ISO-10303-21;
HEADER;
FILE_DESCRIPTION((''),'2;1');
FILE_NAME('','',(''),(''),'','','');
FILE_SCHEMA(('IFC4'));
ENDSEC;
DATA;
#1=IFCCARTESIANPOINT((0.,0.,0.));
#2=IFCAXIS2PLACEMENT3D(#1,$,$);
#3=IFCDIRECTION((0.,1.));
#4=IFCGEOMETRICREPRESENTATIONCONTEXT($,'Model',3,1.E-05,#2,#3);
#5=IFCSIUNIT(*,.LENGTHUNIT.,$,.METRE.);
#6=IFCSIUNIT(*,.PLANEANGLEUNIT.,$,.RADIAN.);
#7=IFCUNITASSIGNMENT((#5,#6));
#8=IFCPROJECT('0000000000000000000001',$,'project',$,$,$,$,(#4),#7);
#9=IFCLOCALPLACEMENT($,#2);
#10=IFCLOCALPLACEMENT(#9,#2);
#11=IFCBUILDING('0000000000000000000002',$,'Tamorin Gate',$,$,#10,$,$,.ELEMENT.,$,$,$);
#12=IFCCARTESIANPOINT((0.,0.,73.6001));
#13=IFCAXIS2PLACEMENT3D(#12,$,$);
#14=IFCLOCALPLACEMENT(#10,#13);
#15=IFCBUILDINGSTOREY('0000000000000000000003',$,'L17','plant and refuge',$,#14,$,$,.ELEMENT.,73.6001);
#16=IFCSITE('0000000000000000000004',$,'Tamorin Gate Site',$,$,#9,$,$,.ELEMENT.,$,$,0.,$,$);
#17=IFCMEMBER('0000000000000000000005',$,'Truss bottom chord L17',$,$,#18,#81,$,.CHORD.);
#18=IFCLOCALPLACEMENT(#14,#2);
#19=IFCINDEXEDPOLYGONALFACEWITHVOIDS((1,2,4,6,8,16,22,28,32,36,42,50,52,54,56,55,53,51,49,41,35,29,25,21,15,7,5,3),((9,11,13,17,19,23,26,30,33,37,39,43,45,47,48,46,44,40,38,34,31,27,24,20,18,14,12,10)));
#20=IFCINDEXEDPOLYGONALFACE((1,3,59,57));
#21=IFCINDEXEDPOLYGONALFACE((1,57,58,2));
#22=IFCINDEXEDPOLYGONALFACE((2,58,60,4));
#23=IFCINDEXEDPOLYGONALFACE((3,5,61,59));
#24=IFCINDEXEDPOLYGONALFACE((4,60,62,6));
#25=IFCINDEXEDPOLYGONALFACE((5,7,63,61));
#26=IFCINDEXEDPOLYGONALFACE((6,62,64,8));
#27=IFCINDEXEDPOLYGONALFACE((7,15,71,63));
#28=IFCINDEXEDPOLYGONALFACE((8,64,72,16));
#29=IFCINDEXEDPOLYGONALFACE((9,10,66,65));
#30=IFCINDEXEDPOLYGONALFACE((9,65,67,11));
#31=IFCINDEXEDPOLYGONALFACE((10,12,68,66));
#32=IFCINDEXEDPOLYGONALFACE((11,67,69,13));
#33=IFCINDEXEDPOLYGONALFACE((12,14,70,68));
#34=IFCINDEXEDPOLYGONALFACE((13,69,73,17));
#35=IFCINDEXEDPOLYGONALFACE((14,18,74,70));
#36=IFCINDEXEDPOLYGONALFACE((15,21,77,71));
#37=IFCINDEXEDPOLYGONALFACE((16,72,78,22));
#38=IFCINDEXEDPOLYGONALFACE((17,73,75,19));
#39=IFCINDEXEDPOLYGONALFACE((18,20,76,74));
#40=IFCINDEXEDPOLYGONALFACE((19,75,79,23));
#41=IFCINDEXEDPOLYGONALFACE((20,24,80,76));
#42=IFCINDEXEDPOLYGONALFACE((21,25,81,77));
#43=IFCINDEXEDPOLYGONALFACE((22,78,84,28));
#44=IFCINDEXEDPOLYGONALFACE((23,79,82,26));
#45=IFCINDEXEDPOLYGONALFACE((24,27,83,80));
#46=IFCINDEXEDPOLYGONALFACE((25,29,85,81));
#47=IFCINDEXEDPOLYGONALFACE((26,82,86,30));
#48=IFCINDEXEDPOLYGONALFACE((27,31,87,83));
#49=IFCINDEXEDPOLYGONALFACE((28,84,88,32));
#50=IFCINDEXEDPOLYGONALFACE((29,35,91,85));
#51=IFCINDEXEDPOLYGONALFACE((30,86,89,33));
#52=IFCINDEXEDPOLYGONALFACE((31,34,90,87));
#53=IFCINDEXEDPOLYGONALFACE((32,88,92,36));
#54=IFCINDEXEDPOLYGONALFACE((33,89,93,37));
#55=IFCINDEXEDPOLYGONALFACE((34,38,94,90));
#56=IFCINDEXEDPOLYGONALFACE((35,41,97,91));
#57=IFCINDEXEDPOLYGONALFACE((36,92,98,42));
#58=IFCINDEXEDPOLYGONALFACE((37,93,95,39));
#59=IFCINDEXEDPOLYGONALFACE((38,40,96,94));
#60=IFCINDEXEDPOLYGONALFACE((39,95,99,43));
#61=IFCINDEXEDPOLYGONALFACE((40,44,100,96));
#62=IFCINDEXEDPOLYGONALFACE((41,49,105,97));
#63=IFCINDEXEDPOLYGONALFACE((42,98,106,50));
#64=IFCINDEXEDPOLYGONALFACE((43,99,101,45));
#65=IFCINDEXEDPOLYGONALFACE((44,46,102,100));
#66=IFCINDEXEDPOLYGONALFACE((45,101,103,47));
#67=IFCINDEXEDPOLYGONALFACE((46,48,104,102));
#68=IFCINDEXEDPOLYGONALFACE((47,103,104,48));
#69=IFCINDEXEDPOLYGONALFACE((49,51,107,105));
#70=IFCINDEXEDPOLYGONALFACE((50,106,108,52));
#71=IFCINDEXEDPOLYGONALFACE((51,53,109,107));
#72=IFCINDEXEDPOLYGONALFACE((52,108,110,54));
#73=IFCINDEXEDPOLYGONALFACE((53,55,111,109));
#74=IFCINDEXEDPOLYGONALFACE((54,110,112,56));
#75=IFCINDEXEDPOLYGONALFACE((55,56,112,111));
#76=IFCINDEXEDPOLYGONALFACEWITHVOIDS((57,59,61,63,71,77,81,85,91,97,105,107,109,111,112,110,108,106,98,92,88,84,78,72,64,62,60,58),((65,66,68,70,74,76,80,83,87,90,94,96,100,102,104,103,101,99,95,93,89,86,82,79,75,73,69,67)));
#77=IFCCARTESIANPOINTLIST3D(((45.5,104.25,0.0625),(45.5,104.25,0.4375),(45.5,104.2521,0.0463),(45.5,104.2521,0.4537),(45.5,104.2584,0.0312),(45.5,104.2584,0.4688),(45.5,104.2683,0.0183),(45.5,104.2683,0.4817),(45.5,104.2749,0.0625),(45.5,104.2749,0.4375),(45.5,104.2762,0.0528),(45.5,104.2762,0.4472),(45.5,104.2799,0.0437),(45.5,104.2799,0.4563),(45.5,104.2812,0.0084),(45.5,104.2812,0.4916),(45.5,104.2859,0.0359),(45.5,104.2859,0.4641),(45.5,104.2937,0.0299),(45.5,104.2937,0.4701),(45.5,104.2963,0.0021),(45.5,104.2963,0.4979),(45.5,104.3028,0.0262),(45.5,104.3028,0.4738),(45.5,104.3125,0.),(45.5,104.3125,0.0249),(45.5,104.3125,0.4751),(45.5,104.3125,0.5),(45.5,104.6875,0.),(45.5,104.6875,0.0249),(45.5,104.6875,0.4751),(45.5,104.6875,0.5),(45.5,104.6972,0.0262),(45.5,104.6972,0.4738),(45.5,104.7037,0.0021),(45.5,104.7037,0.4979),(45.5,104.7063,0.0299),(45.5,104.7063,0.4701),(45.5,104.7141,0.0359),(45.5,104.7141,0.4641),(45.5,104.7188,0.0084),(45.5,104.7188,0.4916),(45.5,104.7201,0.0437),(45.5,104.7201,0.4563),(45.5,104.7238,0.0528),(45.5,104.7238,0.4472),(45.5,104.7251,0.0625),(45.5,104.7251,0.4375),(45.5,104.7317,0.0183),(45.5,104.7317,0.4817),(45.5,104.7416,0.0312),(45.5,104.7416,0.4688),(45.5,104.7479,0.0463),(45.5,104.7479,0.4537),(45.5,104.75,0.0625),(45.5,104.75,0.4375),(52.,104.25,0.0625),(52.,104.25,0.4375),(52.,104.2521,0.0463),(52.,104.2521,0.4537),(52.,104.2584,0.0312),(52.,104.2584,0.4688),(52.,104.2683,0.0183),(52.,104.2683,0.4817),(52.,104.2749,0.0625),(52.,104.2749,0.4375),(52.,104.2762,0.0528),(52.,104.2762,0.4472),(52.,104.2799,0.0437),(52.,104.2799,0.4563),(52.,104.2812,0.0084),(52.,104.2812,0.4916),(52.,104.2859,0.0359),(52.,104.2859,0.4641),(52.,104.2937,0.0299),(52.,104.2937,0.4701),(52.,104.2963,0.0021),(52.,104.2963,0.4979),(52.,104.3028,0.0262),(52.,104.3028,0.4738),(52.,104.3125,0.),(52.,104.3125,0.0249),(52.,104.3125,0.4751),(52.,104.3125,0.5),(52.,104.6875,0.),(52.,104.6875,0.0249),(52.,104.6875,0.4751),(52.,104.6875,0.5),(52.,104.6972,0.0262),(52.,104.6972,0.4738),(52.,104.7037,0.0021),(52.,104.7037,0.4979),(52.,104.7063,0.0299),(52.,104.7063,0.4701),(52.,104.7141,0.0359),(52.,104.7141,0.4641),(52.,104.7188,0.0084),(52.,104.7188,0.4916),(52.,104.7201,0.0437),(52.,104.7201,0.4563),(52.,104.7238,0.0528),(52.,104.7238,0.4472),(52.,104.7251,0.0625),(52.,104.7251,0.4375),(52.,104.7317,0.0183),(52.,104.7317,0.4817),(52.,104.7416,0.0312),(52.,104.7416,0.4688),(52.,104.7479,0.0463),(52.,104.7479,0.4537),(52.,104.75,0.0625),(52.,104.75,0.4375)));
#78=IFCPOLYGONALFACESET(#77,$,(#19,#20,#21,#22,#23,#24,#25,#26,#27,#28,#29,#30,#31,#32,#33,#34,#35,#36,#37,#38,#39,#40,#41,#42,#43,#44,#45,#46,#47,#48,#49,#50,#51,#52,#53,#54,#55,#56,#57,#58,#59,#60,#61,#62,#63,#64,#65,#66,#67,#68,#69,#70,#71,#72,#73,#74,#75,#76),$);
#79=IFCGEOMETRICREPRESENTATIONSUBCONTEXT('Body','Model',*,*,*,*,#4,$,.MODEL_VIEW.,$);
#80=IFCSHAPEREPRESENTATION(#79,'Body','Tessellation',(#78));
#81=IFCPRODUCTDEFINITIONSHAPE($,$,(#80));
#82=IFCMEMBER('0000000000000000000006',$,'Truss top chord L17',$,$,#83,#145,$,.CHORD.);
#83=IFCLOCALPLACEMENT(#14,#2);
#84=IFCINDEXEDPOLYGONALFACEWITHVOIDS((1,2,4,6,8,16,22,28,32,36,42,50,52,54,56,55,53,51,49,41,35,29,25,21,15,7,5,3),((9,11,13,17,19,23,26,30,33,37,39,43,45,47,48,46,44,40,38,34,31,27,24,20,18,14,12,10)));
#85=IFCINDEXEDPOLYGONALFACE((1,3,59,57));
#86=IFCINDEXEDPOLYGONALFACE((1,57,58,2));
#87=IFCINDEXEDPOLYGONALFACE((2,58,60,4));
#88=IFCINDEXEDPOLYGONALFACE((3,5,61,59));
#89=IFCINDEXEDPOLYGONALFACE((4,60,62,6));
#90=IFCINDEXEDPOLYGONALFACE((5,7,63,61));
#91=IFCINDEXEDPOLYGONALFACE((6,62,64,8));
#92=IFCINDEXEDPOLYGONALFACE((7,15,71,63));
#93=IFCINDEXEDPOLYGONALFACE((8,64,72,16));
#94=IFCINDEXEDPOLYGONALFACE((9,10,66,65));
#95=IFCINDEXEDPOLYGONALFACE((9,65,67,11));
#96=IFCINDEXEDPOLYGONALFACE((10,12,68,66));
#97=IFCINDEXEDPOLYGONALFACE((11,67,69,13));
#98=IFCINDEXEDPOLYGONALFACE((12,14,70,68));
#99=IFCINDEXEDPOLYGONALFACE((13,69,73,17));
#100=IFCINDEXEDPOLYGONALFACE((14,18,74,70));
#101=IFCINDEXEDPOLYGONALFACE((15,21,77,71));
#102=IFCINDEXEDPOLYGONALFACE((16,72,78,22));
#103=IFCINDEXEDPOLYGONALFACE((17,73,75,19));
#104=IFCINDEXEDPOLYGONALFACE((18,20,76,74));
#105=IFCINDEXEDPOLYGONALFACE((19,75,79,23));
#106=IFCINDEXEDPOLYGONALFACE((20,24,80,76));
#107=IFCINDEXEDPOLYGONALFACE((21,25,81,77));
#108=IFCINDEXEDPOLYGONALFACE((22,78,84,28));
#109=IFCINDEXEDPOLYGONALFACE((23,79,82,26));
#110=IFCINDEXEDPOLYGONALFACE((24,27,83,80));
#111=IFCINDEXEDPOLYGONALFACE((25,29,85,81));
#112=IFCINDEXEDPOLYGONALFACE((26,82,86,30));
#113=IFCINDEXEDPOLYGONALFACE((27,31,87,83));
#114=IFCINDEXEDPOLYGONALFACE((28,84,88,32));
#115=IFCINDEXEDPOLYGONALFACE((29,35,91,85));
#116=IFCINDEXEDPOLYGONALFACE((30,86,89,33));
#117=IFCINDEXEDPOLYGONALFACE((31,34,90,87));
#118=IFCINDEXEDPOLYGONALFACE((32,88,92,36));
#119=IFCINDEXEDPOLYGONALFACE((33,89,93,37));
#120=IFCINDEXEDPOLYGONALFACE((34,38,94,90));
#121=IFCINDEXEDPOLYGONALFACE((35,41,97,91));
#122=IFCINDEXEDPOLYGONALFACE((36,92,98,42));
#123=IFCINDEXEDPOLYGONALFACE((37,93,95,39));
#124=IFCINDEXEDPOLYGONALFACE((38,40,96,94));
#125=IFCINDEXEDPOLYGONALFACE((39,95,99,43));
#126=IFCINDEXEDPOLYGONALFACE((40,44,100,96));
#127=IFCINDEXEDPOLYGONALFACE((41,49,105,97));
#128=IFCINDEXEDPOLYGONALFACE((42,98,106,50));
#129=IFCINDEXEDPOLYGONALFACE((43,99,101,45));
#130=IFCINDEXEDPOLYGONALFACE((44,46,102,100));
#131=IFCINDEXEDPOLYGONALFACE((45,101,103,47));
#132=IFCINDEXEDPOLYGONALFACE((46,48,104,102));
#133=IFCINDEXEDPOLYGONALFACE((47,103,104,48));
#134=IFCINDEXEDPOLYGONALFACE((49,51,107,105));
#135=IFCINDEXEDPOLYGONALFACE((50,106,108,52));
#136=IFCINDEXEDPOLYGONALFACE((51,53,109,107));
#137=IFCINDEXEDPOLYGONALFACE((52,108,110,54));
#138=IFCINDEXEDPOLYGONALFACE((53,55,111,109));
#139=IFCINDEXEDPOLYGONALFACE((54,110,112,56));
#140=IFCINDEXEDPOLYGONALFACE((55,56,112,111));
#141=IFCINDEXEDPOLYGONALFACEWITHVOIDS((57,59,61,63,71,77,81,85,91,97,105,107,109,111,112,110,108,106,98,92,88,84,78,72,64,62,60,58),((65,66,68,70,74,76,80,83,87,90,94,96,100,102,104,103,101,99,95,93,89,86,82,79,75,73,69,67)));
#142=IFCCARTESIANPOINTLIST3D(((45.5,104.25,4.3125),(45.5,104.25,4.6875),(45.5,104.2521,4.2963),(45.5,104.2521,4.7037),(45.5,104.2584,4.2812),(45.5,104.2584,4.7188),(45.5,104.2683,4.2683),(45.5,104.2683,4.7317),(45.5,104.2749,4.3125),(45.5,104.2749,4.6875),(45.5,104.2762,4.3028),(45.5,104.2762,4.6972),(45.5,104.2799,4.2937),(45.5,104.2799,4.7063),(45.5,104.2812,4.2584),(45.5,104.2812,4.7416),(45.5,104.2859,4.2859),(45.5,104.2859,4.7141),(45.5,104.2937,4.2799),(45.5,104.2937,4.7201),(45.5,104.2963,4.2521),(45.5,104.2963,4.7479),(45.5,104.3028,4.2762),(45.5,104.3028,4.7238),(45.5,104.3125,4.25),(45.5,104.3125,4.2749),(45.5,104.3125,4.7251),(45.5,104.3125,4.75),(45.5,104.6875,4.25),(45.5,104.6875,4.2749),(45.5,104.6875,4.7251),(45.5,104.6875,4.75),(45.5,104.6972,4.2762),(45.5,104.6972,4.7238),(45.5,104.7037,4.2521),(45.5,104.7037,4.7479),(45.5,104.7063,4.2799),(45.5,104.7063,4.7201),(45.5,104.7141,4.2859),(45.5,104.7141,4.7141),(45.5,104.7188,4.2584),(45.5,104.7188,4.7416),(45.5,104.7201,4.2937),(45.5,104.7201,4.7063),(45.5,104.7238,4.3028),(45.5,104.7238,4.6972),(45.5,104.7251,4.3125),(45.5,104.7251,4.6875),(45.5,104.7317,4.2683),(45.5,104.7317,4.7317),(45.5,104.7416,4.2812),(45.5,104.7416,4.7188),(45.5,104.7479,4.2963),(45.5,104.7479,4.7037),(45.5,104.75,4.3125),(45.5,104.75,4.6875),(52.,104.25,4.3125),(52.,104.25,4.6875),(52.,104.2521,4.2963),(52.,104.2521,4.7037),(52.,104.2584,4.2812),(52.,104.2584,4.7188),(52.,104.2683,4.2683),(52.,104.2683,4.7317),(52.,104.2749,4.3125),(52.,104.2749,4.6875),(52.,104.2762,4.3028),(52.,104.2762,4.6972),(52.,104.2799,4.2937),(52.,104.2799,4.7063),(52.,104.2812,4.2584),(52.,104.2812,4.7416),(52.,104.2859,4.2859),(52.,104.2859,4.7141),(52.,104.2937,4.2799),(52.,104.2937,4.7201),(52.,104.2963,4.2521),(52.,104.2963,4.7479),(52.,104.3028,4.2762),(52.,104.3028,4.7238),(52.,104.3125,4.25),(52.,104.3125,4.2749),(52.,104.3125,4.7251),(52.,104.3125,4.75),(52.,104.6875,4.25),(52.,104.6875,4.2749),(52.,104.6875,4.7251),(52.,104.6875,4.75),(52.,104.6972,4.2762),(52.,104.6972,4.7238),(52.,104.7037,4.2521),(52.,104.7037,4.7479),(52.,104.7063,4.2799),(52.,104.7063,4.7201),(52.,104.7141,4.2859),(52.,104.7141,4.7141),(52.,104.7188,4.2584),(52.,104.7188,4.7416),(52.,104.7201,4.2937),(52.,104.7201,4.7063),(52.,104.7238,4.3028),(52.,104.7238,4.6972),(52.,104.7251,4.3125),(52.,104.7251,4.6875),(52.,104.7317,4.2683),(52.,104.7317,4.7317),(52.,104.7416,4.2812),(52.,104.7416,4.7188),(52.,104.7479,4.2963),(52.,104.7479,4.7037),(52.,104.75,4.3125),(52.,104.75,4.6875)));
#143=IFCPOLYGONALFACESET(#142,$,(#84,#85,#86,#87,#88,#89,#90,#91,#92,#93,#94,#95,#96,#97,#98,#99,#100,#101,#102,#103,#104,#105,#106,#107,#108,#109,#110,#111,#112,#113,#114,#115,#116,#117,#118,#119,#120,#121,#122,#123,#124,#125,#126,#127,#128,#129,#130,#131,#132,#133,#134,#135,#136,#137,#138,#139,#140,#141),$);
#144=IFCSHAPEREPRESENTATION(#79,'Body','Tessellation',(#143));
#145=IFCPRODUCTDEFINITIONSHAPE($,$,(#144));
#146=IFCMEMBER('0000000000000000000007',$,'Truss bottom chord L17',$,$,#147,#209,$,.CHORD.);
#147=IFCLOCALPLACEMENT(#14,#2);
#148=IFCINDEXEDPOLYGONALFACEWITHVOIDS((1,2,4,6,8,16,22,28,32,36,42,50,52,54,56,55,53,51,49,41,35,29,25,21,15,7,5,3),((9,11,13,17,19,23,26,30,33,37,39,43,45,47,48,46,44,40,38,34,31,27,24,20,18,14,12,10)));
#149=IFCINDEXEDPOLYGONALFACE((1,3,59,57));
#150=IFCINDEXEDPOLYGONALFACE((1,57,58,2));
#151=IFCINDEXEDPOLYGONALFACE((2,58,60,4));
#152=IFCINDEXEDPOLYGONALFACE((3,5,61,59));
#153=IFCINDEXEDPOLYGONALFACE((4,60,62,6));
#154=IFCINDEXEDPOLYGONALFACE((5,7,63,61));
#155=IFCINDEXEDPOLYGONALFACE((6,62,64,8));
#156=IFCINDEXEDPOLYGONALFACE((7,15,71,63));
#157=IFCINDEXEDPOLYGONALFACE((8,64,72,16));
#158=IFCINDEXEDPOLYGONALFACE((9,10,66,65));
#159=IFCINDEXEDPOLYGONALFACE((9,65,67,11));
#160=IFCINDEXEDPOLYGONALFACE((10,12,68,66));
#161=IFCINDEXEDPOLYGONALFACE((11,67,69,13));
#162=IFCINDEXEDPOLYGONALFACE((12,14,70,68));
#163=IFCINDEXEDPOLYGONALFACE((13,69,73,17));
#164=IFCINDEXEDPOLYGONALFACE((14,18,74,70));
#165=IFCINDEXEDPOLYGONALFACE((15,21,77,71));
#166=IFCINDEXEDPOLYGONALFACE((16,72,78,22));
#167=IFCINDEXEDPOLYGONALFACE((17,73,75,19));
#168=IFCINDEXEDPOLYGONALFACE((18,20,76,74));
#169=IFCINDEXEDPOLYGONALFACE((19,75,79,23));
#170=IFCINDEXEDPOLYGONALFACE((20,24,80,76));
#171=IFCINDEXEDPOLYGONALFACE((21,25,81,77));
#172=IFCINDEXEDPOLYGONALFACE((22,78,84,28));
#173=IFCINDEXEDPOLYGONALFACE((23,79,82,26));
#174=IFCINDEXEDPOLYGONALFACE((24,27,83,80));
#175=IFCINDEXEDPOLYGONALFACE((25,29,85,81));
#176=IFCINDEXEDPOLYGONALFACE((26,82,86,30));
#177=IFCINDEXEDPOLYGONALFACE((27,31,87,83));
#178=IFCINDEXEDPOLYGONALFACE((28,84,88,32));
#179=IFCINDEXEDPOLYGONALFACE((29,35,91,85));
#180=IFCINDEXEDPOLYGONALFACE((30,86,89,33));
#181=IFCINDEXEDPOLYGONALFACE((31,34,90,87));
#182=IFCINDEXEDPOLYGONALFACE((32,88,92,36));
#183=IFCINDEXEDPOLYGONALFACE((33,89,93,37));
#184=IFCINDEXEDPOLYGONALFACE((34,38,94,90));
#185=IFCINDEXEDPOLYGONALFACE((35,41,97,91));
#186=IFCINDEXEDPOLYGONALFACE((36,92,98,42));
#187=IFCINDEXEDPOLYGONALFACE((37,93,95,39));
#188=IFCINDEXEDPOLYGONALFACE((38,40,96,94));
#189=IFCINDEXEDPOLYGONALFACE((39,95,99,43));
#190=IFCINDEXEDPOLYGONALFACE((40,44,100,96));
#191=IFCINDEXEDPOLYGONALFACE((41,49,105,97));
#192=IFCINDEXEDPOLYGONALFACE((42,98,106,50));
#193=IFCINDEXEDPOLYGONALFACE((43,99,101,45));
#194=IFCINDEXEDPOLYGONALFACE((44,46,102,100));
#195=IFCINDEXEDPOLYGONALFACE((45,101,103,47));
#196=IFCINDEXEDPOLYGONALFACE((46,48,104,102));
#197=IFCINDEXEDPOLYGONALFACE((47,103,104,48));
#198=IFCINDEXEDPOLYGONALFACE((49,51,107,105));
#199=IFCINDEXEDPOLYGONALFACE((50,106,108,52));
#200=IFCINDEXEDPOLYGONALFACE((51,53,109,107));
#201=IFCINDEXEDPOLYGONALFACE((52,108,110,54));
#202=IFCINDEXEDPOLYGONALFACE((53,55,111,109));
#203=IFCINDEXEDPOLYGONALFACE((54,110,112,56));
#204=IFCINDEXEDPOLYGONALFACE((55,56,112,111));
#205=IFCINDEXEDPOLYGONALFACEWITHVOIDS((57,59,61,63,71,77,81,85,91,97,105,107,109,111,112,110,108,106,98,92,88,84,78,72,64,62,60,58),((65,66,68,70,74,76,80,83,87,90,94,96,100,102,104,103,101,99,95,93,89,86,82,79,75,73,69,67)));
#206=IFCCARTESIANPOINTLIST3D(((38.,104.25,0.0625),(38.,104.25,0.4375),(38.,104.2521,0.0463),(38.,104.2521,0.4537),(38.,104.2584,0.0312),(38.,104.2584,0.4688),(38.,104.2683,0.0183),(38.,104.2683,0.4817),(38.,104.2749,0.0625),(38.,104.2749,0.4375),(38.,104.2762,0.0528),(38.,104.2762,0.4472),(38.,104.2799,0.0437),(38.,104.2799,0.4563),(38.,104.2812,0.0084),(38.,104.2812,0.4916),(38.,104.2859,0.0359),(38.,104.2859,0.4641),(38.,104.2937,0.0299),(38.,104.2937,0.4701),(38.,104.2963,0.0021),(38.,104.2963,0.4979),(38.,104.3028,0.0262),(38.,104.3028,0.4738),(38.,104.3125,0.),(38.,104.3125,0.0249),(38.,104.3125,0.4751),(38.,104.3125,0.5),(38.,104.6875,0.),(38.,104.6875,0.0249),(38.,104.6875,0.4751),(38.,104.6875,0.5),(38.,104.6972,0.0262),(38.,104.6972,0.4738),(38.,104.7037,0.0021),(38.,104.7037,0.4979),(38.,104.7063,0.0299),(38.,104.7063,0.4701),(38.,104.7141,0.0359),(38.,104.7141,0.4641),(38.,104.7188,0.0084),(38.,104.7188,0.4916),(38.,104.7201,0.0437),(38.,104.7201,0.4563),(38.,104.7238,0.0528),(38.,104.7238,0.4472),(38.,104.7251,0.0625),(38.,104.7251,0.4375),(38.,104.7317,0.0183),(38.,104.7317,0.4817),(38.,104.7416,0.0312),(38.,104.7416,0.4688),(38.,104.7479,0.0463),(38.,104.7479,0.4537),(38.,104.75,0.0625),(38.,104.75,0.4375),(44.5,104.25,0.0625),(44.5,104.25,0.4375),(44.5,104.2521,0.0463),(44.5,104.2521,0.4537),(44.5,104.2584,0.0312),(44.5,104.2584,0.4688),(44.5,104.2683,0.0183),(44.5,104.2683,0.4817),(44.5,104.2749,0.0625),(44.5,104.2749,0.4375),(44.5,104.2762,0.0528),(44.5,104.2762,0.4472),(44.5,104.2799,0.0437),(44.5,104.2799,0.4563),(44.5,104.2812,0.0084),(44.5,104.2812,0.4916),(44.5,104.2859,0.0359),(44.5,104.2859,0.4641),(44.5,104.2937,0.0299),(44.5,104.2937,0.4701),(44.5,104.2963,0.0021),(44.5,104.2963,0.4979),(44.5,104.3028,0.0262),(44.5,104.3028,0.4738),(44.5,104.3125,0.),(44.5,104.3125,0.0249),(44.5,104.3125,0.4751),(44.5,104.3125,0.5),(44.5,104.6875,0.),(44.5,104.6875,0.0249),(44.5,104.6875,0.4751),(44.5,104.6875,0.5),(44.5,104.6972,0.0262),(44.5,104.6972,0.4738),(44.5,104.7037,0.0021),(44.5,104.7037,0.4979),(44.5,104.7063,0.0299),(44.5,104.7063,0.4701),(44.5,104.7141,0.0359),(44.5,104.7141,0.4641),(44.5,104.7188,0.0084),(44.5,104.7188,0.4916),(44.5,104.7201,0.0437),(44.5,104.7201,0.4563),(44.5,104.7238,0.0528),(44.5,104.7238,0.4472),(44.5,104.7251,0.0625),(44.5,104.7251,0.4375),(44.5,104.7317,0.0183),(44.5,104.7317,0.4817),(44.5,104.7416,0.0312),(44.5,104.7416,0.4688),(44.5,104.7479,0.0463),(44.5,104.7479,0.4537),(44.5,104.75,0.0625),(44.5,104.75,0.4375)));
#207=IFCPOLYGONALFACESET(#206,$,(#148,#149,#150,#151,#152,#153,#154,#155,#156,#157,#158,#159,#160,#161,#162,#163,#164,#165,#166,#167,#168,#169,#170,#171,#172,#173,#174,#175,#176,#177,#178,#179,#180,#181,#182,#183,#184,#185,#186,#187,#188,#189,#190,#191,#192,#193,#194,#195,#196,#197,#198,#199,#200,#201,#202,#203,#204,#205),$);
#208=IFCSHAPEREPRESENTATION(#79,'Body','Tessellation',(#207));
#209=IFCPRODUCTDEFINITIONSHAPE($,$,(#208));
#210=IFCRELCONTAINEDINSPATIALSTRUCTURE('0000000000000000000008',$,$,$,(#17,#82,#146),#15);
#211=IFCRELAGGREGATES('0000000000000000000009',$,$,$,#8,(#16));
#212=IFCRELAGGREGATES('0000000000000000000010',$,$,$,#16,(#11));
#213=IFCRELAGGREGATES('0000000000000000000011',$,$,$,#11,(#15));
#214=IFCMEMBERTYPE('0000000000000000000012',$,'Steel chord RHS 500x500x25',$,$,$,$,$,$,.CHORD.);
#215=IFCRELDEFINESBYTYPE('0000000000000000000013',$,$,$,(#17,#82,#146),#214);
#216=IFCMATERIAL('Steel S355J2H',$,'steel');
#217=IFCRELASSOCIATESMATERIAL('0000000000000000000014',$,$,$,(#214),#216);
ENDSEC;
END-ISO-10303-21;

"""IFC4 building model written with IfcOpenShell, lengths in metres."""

from ifc_helpers import new_model, si_unit, direction, frame, origin, origin_2d, place, context, subcontext, project, spatial, hollow_rectangle, extrude, material, material_profile, profile_set, type_object, element, save


model = new_model("IFC4")

# Units and contexts
model_context = context("Model", 3, precision=1e-05, world=origin(), true_north=direction((0.0, 1.0)))
body_context = subcontext(model_context, "Body", "Model", "MODEL_VIEW")
ifc_project = project(units=[si_unit("LENGTHUNIT", "METRE"), si_unit("PLANEANGLEUNIT", "RADIAN")], contexts=[model_context])

# Site, building, storey
site_placement = place(None, origin())
site = spatial("IfcSite", under=ifc_project, at=site_placement, Name="Tamorin Gate Site", CompositionType="ELEMENT", RefElevation=0.0)
building_placement = place(site_placement, origin())
building = spatial("IfcBuilding", under=site, at=building_placement, Name="Tamorin Gate", CompositionType="ELEMENT")
storey_placement = place(building_placement, frame((0.0, 0.0, 73.6001)))
storey = spatial("IfcBuildingStorey", under=building, at=storey_placement, Name="L17", Description="plant and refuge", CompositionType="ELEMENT", Elevation=73.6001)

# Members
ifc_material_1 = material(Name="Steel S355J2H", Category="steel")
ifc_material_profile_1 = material_profile(ifc_material_1, hollow_rectangle(XDim=0.5, YDim=0.5, WallThickness=0.0249, InnerFilletRadius=0.0376, OuterFilletRadius=0.0625, at=origin_2d()), Name="RHS 500x500x25")
ifc_profile_set_1 = profile_set([ifc_material_profile_1], Name="Steel S355J2H")
member_type_1 = type_object("IfcMemberType", Name="Steel chord RHS 500x500x25", PredefinedType="CHORD", material=ifc_profile_set_1)
for number, where, z_axis, x_axis, name in (
    (1, (52.0, 104.5, 0.25), (-1.0, 0.0, 0.0), (0.0, -1.0, 0.0), "Truss bottom chord L17"),
    (2, (52.0, 104.5, 4.5), (-1.0, 0.0, 0.0), (0.0, -1.0, 0.0), "Truss top chord L17"),
    (3, (44.5, 104.5, 0.25), (-1.0, 0.0, 0.0), (0.0, -1.0, 0.0), "Truss bottom chord L17"),
):
    element("IfcMember", number, at=place(storey_placement, frame(where, z_axis=z_axis, x_axis=x_axis)), inside=storey, type_object=member_type_1, Name=name, PredefinedType="CHORD", context=body_context, shape_type="SweptSolid", body=[
        extrude(hollow_rectangle(XDim=0.5, YDim=0.5, WallThickness=0.0249, InnerFilletRadius=0.0376, OuterFilletRadius=0.0625, at=origin_2d()), origin(), (0.0, 0.0, 1.0), 6.5),
    ])

save(model, "model.ifc")
